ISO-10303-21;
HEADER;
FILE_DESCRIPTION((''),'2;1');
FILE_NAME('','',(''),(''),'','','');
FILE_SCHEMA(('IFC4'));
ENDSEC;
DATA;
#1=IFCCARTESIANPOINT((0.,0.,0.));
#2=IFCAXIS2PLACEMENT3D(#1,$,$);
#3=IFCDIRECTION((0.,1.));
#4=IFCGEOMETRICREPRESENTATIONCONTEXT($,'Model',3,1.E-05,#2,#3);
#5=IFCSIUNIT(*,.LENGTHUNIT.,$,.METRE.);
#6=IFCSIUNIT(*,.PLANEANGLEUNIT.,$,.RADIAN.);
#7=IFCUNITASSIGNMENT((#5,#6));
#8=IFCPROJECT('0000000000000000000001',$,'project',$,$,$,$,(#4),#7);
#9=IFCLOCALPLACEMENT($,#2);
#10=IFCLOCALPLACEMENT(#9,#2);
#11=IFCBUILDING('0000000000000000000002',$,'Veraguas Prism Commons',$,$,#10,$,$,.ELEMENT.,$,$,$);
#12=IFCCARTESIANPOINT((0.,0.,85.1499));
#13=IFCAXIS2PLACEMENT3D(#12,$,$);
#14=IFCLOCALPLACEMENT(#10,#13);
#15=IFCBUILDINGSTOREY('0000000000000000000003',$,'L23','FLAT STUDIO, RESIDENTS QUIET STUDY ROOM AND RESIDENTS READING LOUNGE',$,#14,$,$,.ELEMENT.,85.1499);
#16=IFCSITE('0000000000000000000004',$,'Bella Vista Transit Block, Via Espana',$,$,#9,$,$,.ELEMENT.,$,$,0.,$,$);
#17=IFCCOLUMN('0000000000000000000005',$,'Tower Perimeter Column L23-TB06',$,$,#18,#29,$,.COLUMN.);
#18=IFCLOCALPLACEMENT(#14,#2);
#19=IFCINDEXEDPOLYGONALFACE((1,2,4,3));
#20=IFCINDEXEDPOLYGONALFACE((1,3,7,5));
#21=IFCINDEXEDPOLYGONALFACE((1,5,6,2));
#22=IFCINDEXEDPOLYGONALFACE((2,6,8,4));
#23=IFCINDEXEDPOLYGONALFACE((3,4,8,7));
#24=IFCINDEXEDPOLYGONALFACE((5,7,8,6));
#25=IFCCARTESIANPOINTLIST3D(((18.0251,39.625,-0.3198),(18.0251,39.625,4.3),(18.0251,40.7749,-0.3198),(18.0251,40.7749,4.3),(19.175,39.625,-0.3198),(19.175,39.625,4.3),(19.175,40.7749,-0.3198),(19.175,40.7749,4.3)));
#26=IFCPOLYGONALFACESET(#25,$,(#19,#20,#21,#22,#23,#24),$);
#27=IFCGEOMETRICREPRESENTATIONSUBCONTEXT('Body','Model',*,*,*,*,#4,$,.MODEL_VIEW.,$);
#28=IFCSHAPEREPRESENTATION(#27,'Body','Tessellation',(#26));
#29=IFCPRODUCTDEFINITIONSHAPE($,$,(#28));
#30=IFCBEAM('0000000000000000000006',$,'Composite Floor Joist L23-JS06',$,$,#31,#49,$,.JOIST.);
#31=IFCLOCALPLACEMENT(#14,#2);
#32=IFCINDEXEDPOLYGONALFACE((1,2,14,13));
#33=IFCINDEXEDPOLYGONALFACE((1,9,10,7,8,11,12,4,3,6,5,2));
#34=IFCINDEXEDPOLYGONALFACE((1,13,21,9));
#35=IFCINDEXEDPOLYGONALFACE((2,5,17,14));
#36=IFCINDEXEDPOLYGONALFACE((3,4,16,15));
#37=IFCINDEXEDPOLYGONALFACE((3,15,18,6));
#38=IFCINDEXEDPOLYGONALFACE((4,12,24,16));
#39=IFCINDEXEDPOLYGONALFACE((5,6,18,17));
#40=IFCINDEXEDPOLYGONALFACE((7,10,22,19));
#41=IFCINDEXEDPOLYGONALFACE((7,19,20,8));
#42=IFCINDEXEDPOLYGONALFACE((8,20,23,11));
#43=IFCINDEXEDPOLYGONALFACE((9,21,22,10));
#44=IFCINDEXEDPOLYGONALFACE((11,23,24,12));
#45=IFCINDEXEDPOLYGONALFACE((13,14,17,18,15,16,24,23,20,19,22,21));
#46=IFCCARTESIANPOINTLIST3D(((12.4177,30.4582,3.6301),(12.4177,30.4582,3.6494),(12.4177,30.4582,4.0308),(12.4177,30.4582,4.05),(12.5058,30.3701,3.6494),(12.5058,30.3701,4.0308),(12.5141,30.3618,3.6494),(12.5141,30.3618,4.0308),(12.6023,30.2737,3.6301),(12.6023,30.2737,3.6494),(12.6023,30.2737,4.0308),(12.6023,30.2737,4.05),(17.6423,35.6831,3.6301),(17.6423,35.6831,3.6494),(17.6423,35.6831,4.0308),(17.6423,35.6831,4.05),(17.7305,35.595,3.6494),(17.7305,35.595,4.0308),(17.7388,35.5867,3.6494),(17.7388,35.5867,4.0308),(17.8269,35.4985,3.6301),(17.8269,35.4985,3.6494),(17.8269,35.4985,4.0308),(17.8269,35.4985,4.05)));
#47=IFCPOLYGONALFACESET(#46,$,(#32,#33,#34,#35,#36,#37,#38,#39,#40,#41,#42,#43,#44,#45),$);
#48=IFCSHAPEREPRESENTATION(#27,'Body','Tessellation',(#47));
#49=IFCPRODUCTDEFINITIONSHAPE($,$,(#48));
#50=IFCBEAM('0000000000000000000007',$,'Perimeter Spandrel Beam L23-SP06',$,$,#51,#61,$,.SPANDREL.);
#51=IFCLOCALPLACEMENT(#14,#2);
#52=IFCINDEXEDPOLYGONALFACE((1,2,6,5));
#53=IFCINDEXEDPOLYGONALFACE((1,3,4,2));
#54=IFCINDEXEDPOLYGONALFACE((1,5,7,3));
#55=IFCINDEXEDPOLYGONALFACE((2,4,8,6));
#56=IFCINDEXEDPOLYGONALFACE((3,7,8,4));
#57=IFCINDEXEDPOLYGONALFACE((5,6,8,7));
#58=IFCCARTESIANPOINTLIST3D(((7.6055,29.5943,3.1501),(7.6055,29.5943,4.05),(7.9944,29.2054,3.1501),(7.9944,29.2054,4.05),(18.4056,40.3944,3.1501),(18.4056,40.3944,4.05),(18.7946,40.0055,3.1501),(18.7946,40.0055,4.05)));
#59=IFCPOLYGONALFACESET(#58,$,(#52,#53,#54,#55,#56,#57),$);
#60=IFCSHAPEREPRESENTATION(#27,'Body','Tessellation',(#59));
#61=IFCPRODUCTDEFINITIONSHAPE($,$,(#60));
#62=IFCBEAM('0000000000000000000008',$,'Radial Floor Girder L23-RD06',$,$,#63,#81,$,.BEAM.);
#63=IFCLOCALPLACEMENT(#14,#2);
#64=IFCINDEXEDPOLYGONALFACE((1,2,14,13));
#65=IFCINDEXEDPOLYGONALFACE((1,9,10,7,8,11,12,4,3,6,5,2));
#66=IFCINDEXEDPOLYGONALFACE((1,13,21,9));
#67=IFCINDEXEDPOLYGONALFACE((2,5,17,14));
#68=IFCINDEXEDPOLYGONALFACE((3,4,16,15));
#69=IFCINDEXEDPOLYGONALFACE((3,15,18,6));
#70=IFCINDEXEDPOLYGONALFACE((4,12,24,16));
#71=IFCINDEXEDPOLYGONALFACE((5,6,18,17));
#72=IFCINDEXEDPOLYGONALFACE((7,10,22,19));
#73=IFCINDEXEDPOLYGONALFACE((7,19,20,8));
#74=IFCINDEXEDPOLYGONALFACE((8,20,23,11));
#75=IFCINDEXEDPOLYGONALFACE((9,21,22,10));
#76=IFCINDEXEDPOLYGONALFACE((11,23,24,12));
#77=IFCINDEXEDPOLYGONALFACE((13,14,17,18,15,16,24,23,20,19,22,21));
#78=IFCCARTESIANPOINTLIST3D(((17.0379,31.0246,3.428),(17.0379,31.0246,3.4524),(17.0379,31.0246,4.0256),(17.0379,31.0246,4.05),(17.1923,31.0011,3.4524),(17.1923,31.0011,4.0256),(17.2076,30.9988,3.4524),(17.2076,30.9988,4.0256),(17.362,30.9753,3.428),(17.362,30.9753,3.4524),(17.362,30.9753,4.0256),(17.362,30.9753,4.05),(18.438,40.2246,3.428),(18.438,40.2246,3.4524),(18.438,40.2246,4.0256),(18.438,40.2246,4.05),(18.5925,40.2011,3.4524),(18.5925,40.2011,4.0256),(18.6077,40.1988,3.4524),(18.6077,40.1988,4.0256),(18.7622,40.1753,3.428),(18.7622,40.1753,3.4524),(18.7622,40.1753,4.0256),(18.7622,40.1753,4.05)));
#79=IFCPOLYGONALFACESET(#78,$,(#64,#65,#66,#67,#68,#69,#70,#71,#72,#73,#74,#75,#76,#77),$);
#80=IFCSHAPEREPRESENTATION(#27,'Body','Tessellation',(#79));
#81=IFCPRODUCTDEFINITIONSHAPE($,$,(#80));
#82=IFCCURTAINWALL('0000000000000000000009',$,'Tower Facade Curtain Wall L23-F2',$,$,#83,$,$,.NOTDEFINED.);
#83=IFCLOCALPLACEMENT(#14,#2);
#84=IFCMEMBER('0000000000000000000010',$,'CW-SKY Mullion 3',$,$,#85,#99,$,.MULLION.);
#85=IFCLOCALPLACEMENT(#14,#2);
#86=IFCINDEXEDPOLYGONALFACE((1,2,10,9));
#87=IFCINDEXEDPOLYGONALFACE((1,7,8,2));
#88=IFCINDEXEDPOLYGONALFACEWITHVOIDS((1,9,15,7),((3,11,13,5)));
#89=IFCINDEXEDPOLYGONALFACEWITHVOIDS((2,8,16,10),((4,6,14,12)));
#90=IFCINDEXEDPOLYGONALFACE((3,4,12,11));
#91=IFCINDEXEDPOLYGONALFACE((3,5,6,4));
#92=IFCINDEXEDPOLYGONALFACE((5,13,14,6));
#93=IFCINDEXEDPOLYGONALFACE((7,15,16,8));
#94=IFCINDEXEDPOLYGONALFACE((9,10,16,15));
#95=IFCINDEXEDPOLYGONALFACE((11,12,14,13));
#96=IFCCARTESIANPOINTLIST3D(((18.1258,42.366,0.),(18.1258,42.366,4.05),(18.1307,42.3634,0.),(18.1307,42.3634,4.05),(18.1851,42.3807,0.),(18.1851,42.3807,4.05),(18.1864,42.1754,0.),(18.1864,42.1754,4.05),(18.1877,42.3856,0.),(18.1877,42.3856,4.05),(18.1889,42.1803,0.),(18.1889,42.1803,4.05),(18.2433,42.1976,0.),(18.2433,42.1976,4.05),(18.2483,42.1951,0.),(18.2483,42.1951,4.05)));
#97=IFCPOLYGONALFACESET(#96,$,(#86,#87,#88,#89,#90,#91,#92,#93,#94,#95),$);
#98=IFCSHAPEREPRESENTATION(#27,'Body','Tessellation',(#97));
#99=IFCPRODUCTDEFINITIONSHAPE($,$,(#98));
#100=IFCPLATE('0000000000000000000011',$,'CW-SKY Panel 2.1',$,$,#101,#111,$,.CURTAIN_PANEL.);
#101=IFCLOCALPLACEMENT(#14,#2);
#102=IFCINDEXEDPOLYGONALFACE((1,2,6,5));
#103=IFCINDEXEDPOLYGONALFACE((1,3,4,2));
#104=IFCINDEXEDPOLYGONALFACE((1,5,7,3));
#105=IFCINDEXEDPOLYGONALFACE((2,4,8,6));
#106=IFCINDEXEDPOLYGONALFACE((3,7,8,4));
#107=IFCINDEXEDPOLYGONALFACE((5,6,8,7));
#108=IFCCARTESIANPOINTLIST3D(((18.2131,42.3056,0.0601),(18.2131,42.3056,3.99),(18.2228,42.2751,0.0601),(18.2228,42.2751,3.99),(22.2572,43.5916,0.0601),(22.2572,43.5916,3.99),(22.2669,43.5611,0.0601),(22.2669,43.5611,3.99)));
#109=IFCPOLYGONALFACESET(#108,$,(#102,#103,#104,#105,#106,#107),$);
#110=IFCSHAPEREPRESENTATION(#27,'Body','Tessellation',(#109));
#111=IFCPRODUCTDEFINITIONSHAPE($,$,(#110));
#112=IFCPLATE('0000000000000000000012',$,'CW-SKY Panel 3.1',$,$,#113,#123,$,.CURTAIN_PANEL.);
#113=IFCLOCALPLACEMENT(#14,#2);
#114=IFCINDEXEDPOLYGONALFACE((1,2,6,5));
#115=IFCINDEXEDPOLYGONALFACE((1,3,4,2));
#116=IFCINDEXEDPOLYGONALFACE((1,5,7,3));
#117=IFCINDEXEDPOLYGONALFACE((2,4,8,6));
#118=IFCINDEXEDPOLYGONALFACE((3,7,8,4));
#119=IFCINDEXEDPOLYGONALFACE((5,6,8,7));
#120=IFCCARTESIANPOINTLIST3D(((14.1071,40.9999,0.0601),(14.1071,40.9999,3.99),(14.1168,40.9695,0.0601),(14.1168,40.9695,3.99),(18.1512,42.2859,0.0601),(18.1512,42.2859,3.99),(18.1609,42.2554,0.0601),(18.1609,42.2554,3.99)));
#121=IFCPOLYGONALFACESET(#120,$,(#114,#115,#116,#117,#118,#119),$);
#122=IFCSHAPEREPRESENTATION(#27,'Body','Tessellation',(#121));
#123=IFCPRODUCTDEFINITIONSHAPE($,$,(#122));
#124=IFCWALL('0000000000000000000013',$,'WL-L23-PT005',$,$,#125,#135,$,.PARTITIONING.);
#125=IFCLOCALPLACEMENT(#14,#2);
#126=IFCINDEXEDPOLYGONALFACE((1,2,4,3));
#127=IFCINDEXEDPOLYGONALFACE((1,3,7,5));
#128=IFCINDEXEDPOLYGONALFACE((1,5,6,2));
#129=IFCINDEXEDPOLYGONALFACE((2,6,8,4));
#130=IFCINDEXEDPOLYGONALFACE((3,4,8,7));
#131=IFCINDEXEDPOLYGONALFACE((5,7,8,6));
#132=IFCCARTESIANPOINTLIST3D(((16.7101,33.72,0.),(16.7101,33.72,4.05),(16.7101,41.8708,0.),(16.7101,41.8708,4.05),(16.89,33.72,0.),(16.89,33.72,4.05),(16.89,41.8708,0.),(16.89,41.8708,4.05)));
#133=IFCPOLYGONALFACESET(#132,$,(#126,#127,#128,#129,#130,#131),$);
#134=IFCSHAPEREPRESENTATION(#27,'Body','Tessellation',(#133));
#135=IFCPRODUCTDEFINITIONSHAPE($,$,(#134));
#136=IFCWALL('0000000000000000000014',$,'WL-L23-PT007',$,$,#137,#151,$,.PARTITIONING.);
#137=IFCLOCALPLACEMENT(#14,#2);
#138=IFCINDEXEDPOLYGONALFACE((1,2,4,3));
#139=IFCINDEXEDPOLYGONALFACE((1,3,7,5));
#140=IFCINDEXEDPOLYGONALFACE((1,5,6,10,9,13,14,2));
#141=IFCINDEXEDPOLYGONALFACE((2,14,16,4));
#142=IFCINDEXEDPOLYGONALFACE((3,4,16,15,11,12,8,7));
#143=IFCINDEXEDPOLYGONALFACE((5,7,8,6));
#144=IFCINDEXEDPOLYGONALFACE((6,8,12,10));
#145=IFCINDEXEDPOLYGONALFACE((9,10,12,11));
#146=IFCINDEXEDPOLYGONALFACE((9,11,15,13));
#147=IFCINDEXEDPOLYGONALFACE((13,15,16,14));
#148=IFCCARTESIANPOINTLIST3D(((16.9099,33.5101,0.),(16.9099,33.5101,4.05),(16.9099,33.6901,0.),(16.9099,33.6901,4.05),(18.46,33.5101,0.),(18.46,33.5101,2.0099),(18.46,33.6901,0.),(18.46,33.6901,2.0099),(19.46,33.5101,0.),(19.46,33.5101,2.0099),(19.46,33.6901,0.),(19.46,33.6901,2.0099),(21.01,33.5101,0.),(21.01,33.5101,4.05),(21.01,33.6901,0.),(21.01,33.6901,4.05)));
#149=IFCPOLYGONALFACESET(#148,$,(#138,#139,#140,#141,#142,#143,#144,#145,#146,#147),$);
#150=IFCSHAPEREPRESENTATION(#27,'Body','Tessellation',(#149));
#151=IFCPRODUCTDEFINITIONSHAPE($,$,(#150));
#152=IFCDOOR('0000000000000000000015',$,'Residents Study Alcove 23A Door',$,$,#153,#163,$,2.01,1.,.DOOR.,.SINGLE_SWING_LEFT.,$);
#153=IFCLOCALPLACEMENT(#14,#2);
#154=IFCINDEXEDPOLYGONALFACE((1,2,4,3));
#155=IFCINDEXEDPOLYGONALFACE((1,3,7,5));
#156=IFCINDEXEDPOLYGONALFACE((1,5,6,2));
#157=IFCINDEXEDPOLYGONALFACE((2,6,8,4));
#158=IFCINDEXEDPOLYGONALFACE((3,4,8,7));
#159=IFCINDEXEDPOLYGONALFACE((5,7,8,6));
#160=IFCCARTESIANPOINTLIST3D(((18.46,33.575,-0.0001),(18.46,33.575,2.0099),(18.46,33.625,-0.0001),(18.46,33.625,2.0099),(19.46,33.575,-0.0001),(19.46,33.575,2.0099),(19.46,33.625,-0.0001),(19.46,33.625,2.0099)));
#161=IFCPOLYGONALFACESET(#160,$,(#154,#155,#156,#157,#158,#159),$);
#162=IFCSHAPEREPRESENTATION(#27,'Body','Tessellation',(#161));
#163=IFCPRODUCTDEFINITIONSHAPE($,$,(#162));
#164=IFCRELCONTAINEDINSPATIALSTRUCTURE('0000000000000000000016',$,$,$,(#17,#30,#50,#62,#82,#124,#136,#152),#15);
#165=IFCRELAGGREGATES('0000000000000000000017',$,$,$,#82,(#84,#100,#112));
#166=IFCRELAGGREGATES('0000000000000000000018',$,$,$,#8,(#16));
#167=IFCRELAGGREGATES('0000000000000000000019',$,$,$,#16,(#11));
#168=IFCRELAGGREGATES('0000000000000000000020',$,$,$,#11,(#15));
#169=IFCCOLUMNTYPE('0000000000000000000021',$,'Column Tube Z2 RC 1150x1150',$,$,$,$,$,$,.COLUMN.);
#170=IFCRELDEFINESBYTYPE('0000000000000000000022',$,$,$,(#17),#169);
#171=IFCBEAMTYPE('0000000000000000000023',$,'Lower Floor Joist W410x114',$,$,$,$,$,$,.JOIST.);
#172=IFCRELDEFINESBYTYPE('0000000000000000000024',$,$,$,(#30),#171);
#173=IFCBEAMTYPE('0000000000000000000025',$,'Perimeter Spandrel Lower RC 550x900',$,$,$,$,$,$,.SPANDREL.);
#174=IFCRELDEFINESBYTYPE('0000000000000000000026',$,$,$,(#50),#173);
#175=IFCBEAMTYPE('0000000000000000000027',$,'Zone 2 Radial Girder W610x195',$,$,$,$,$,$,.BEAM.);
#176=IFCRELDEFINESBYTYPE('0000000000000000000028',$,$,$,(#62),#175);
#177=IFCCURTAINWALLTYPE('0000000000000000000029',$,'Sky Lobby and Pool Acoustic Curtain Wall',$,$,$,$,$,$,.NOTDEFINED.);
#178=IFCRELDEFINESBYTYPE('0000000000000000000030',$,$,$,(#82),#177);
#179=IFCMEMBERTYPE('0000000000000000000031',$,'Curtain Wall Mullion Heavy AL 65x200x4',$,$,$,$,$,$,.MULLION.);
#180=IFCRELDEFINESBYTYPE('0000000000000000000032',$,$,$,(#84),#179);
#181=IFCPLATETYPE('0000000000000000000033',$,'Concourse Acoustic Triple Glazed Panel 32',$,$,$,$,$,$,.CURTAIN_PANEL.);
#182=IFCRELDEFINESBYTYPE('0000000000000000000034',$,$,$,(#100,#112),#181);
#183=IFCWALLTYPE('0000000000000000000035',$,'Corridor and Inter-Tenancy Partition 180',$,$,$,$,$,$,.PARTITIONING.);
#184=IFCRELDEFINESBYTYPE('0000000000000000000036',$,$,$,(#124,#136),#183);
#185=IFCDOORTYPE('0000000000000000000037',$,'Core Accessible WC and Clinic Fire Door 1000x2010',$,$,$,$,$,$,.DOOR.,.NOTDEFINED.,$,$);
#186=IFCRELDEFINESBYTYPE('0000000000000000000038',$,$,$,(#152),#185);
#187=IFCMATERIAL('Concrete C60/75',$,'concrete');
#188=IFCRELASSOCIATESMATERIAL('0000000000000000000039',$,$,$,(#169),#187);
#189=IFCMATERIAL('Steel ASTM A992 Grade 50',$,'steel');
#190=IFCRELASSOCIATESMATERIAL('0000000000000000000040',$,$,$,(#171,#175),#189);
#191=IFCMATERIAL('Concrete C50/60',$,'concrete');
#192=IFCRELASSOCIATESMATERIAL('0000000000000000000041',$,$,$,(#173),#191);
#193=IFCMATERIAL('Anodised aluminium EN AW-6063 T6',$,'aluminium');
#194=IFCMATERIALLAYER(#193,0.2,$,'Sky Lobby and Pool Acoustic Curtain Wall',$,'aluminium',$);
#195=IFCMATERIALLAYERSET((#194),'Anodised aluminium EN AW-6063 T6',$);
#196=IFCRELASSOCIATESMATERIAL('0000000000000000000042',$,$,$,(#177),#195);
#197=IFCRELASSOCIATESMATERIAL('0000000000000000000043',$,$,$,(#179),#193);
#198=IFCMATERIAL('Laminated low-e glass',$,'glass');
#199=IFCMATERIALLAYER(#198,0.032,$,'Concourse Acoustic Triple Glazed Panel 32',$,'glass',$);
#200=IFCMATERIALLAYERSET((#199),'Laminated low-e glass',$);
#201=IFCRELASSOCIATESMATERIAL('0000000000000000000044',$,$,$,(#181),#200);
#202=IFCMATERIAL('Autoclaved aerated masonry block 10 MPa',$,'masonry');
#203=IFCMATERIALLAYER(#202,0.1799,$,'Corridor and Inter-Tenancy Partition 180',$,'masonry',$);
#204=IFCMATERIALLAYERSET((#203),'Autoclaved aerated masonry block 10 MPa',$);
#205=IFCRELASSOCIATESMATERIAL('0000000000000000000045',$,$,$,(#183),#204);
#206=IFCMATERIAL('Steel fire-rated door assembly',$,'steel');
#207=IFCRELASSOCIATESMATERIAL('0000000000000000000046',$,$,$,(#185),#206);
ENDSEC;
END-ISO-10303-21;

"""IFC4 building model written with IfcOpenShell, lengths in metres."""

from ifc_helpers import new_model, si_unit, direction, frame, frame_2d, origin, origin_2d, place, context, subcontext, project, spatial, rectangle, hollow_rectangle, i_section, extrude, source, transform, mapped, material, layer, layer_set, material_profile, profile_set, type_object, element, fill, aggregate, save


model = new_model("IFC4")

# Units and contexts
model_context = context("Model", 3, precision=1e-05, world=origin(), true_north=direction((0.0, 1.0)))
body_context = subcontext(model_context, "Body", "Model", "MODEL_VIEW")
ifc_project = project(units=[si_unit("LENGTHUNIT", "METRE"), si_unit("PLANEANGLEUNIT", "RADIAN")], contexts=[model_context])

# Site, building, storey
site_placement = place(None, origin())
site = spatial("IfcSite", under=ifc_project, at=site_placement, Name="Bella Vista Transit Block, Via Espana", CompositionType="ELEMENT", RefElevation=0.0)
building_placement = place(site_placement, origin())
building = spatial("IfcBuilding", under=site, at=building_placement, Name="Veraguas Prism Commons", CompositionType="ELEMENT")
storey_placement = place(building_placement, frame((0.0, 0.0, 85.1499)))
storey = spatial("IfcBuildingStorey", under=building, at=storey_placement, Name="L23", Description="FLAT STUDIO, RESIDENTS QUIET STUDY ROOM AND RESIDENTS READING LOUNGE", CompositionType="ELEMENT", Elevation=85.1499)

# Column
ifc_material_1 = material(Name="Concrete C60/75", Category="concrete")
ifc_material_profile_1 = material_profile(ifc_material_1, rectangle(XDim=1.1499, YDim=1.1499, at=origin_2d()), Name="RC1150X1150")
ifc_profile_set_1 = profile_set([ifc_material_profile_1], Name="Concrete C60/75")
column_type = type_object("IfcColumnType", Name="Column Tube Z2 RC 1150x1150", PredefinedType="COLUMN", material=ifc_profile_set_1)
column_placement = place(storey_placement, frame((18.6001, 40.2, -0.3198), z_axis=(0.0, 0.0, 1.0), x_axis=(1.0, 0.0, 0.0)))
element("IfcColumn", 1, at=column_placement, inside=storey, type_object=column_type, Name="Tower Perimeter Column L23-TB06", PredefinedType="COLUMN", context=body_context, shape_type="SweptSolid", body=[
    extrude(rectangle(XDim=1.1499, YDim=1.1499, at=origin_2d()), origin(), (0.0, 0.0, 1.0), 4.6199),
])

# Beams
ifc_material_2 = material(Name="Steel ASTM A992 Grade 50", Category="steel")
ifc_material_profile_2 = material_profile(ifc_material_2, i_section(OverallWidth=0.261, OverallDepth=0.4199, WebThickness=0.0117, FlangeThickness=0.0193, at=origin_2d()), Name="W410X114")
ifc_profile_set_2 = profile_set([ifc_material_profile_2], Name="Steel ASTM A992 Grade 50")
beam_type_1 = type_object("IfcBeamType", Name="Lower Floor Joist W410x114", PredefinedType="JOIST", material=ifc_profile_set_2)
beam_1_placement = place(storey_placement, frame((17.7346, 35.5908, 3.8401), z_axis=(-0.70709, -0.707123, 0.0), x_axis=(0.707123, -0.70709, 0.0)))
element("IfcBeam", 2, at=beam_1_placement, inside=storey, type_object=beam_type_1, Name="Composite Floor Joist L23-JS06", PredefinedType="JOIST", context=body_context, shape_type="SweptSolid", body=[
    extrude(i_section(OverallWidth=0.261, OverallDepth=0.4199, WebThickness=0.0117, FlangeThickness=0.0193, at=origin_2d()), origin(), (0.0, 0.0, 1.0), 7.3889),
])
ifc_material_3 = material(Name="Concrete C50/60", Category="concrete")
ifc_material_profile_3 = material_profile(ifc_material_3, rectangle(XDim=0.55, YDim=0.8999, at=origin_2d()), Name="RC550X900")
ifc_profile_set_3 = profile_set([ifc_material_profile_3], Name="Concrete C50/60")
beam_type_2 = type_object("IfcBeamType", Name="Perimeter Spandrel Lower RC 550x900", PredefinedType="SPANDREL", material=ifc_profile_set_3)
beam_2_placement = place(storey_placement, frame((18.6001, 40.2, 3.6001), z_axis=(-0.707107, -0.707107, 0.0), x_axis=(0.707107, -0.707107, 0.0)))
element("IfcBeam", 3, at=beam_2_placement, inside=storey, type_object=beam_type_2, Name="Perimeter Spandrel Beam L23-SP06", PredefinedType="SPANDREL", context=body_context, shape_type="SweptSolid", body=[
    extrude(rectangle(XDim=0.55, YDim=0.8999, at=origin_2d()), origin(), (0.0, 0.0, 1.0), 15.2737),
])
ifc_material_profile_4 = material_profile(ifc_material_2, i_section(OverallWidth=0.3279, OverallDepth=0.6221, WebThickness=0.0154, FlangeThickness=0.0244, at=origin_2d()), Name="W610X195")
ifc_profile_set_4 = profile_set([ifc_material_profile_4], Name="Steel ASTM A992 Grade 50")
beam_type_3 = type_object("IfcBeamType", Name="Zone 2 Radial Girder W610x195", PredefinedType="BEAM", material=ifc_profile_set_4)
beam_3_placement = place(storey_placement, frame((18.6001, 40.2, 3.739), z_axis=(-0.150458, -0.988616, 0.0), x_axis=(0.988616, -0.150458, 0.0)))
element("IfcBeam", 4, at=beam_3_placement, inside=storey, type_object=beam_type_3, Name="Radial Floor Girder L23-RD06", PredefinedType="BEAM", context=body_context, shape_type="SweptSolid", body=[
    extrude(i_section(OverallWidth=0.3279, OverallDepth=0.6221, WebThickness=0.0154, FlangeThickness=0.0244, at=origin_2d()), origin(), (0.0, 0.0, 1.0), 9.3059),
])

# Curtain wall, member, plates
ifc_material_4 = material(Name="Anodised aluminium EN AW-6063 T6", Category="aluminium")
ifc_layer_1 = layer(ifc_material_4, 0.2, Name="Sky Lobby and Pool Acoustic Curtain Wall", Category="aluminium")
ifc_layer_set_1 = layer_set([ifc_layer_1], Name="Anodised aluminium EN AW-6063 T6")
curtain_wall_type = type_object("IfcCurtainWallType", Name="Sky Lobby and Pool Acoustic Curtain Wall", PredefinedType="NOTDEFINED", material=ifc_layer_set_1)
curtain_wall_placement = place(storey_placement, origin())
curtain_wall = element("IfcCurtainWall", 5, at=curtain_wall_placement, inside=storey, type_object=curtain_wall_type, Name="Tower Facade Curtain Wall L23-F2", PredefinedType="NOTDEFINED")
ifc_material_profile_5 = material_profile(ifc_material_4, hollow_rectangle(XDim=0.0649, YDim=0.2, WallThickness=0.0039, at=origin_2d()), Name="AL65X200X4")
ifc_profile_set_5 = profile_set([ifc_material_profile_5], Name="Anodised aluminium EN AW-6063 T6")
member_type = type_object("IfcMemberType", Name="Curtain Wall Mullion Heavy AL 65x200x4", PredefinedType="MULLION", material=ifc_profile_set_5)
shared_shape_1 = source(origin(), body_context, "Body", "SweptSolid", [
    extrude(hollow_rectangle(XDim=0.0649, YDim=0.2, WallThickness=0.0039, at=origin_2d()), origin(), (0.0, 0.0, 1.0), 4.05),
])
member_placement = place(storey_placement, frame((18.187, 42.2805, 0.0), z_axis=(0.0, 0.0, 1.0), x_axis=(-0.952979, -0.303035, 0.0)))
member = element("IfcMember", 6, at=member_placement, type_object=member_type, Name="CW-SKY Mullion 3", PredefinedType="MULLION", context=body_context, shape_type="MappedRepresentation", body=[
    mapped(shared_shape_1, transform((0.0, 0.0, 0.0), scale=1.0)),
])
ifc_material_5 = material(Name="Laminated low-e glass", Category="glass")
ifc_layer_2 = layer(ifc_material_5, 0.032, Name="Concourse Acoustic Triple Glazed Panel 32", Category="glass")
ifc_layer_set_2 = layer_set([ifc_layer_2], Name="Laminated low-e glass")
plate_type = type_object("IfcPlateType", Name="Concourse Acoustic Triple Glazed Panel 32", PredefinedType="CURTAIN_PANEL", material=ifc_layer_set_2)
shared_shape_2 = source(origin(), body_context, "Body", "SweptSolid", [
    extrude(rectangle(XDim=4.2437, YDim=0.032, at=origin_2d()), origin(), (0.0, 0.0, 1.0), 3.9299),
])
plate_1_placement = place(storey_placement, frame((20.24, 42.9333, 0.0601), z_axis=(0.0, 0.0, 1.0), x_axis=(-0.952979, -0.303035, 0.0)))
plate_1 = element("IfcPlate", 7, at=plate_1_placement, type_object=plate_type, Name="CW-SKY Panel 2.1", PredefinedType="CURTAIN_PANEL", context=body_context, shape_type="MappedRepresentation", body=[
    mapped(shared_shape_2, transform((0.0, 0.0, 0.0), scale=1.0)),
])
plate_2_placement = place(storey_placement, frame((16.134, 41.6277, 0.0601), z_axis=(0.0, 0.0, 1.0), x_axis=(-0.952979, -0.303035, 0.0)))
plate_2 = element("IfcPlate", 8, at=plate_2_placement, type_object=plate_type, Name="CW-SKY Panel 3.1", PredefinedType="CURTAIN_PANEL", context=body_context, shape_type="MappedRepresentation", body=[
    mapped(shared_shape_2, transform((0.0, 0.0, 0.0), scale=1.0)),
])
aggregate(curtain_wall, [member, plate_1, plate_2])

# Wall
ifc_material_6 = material(Name="Autoclaved aerated masonry block 10 MPa", Category="masonry")
ifc_layer_3 = layer(ifc_material_6, 0.1799, Name="Corridor and Inter-Tenancy Partition 180", Category="masonry")
ifc_layer_set_3 = layer_set([ifc_layer_3], Name="Autoclaved aerated masonry block 10 MPa")
wall_type_1 = type_object("IfcWallType", Name="Corridor and Inter-Tenancy Partition 180", PredefinedType="PARTITIONING", material=ifc_layer_set_3)
wall_1_placement = place(storey_placement, frame((16.8, 33.72, 0.0), z_axis=(0.0, 0.0, 1.0), x_axis=(0.0, 1.0, 0.0)))
element("IfcWall", 9, at=wall_1_placement, inside=storey, type_object=wall_type_1, Name="WL-L23-PT005", PredefinedType="PARTITIONING", context=body_context, shape_type="SweptSolid", body=[
    extrude(rectangle(XDim=8.1509, YDim=0.1799, at=frame_2d((4.0754, 0.0))), origin(), (0.0, 0.0, 1.0), 4.05),
])

# Wall, opening, door
wall_2_placement = place(storey_placement, frame((16.9099, 33.6001, 0.0), z_axis=(0.0, 0.0, 1.0), x_axis=(1.0, 0.0, 0.0)))
wall_2 = element("IfcWall", 10, at=wall_2_placement, inside=storey, type_object=wall_type_1, Name="WL-L23-PT007", PredefinedType="PARTITIONING", context=body_context, shape_type="SweptSolid", body=[
    extrude(rectangle(XDim=4.1001, YDim=0.1799, at=frame_2d((2.05, 0.0))), origin(), (0.0, 0.0, 1.0), 4.05),
])
opening_1_placement = place(wall_2_placement, frame((1.55, 0.0, 0.0)))
opening_1 = element("IfcOpeningElement", 11, at=opening_1_placement, cuts=wall_2, PredefinedType="OPENING", context=body_context, shape_type="SweptSolid", body=[
    extrude(rectangle(XDim=1.0, YDim=2.01, at=frame_2d((0.5, 1.0049))), frame((0.0, 0.0999, 0.0), z_axis=(0.0, -1.0, 0.0), x_axis=(1.0, 0.0, 0.0)), (0.0, 0.0, 1.0), 0.2),
])
ifc_material_7 = material(Name="Steel fire-rated door assembly", Category="steel")
door_type_1 = type_object("IfcDoorType", Name="Core Accessible WC and Clinic Fire Door 1000x2010", OperationType="NOTDEFINED", PredefinedType="DOOR", material=ifc_material_7)
shared_shape_3 = source(origin(), body_context, "Body", "SweptSolid", [
    extrude(rectangle(XDim=1.0, YDim=2.01, at=frame_2d((0.5, 1.0049))), frame((0.0, 0.0249, 0.0), z_axis=(0.0, -1.0, 0.0), x_axis=(1.0, 0.0, 0.0)), (0.0, 0.0, 1.0), 0.05),
])
door_1_placement = place(opening_1_placement, origin())
door_1 = element("IfcDoor", 12, at=door_1_placement, inside=storey, type_object=door_type_1, Name="Residents Study Alcove 23A Door", OperationType="SINGLE_SWING_LEFT", OverallHeight=2.01, OverallWidth=1.0, PredefinedType="DOOR", context=body_context, shape_type="MappedRepresentation", body=[
    mapped(shared_shape_3, transform((0.0, 0.0, 0.0), scale=1.0)),
])
fill(opening_1, door_1)

save(model, "model.ifc")
